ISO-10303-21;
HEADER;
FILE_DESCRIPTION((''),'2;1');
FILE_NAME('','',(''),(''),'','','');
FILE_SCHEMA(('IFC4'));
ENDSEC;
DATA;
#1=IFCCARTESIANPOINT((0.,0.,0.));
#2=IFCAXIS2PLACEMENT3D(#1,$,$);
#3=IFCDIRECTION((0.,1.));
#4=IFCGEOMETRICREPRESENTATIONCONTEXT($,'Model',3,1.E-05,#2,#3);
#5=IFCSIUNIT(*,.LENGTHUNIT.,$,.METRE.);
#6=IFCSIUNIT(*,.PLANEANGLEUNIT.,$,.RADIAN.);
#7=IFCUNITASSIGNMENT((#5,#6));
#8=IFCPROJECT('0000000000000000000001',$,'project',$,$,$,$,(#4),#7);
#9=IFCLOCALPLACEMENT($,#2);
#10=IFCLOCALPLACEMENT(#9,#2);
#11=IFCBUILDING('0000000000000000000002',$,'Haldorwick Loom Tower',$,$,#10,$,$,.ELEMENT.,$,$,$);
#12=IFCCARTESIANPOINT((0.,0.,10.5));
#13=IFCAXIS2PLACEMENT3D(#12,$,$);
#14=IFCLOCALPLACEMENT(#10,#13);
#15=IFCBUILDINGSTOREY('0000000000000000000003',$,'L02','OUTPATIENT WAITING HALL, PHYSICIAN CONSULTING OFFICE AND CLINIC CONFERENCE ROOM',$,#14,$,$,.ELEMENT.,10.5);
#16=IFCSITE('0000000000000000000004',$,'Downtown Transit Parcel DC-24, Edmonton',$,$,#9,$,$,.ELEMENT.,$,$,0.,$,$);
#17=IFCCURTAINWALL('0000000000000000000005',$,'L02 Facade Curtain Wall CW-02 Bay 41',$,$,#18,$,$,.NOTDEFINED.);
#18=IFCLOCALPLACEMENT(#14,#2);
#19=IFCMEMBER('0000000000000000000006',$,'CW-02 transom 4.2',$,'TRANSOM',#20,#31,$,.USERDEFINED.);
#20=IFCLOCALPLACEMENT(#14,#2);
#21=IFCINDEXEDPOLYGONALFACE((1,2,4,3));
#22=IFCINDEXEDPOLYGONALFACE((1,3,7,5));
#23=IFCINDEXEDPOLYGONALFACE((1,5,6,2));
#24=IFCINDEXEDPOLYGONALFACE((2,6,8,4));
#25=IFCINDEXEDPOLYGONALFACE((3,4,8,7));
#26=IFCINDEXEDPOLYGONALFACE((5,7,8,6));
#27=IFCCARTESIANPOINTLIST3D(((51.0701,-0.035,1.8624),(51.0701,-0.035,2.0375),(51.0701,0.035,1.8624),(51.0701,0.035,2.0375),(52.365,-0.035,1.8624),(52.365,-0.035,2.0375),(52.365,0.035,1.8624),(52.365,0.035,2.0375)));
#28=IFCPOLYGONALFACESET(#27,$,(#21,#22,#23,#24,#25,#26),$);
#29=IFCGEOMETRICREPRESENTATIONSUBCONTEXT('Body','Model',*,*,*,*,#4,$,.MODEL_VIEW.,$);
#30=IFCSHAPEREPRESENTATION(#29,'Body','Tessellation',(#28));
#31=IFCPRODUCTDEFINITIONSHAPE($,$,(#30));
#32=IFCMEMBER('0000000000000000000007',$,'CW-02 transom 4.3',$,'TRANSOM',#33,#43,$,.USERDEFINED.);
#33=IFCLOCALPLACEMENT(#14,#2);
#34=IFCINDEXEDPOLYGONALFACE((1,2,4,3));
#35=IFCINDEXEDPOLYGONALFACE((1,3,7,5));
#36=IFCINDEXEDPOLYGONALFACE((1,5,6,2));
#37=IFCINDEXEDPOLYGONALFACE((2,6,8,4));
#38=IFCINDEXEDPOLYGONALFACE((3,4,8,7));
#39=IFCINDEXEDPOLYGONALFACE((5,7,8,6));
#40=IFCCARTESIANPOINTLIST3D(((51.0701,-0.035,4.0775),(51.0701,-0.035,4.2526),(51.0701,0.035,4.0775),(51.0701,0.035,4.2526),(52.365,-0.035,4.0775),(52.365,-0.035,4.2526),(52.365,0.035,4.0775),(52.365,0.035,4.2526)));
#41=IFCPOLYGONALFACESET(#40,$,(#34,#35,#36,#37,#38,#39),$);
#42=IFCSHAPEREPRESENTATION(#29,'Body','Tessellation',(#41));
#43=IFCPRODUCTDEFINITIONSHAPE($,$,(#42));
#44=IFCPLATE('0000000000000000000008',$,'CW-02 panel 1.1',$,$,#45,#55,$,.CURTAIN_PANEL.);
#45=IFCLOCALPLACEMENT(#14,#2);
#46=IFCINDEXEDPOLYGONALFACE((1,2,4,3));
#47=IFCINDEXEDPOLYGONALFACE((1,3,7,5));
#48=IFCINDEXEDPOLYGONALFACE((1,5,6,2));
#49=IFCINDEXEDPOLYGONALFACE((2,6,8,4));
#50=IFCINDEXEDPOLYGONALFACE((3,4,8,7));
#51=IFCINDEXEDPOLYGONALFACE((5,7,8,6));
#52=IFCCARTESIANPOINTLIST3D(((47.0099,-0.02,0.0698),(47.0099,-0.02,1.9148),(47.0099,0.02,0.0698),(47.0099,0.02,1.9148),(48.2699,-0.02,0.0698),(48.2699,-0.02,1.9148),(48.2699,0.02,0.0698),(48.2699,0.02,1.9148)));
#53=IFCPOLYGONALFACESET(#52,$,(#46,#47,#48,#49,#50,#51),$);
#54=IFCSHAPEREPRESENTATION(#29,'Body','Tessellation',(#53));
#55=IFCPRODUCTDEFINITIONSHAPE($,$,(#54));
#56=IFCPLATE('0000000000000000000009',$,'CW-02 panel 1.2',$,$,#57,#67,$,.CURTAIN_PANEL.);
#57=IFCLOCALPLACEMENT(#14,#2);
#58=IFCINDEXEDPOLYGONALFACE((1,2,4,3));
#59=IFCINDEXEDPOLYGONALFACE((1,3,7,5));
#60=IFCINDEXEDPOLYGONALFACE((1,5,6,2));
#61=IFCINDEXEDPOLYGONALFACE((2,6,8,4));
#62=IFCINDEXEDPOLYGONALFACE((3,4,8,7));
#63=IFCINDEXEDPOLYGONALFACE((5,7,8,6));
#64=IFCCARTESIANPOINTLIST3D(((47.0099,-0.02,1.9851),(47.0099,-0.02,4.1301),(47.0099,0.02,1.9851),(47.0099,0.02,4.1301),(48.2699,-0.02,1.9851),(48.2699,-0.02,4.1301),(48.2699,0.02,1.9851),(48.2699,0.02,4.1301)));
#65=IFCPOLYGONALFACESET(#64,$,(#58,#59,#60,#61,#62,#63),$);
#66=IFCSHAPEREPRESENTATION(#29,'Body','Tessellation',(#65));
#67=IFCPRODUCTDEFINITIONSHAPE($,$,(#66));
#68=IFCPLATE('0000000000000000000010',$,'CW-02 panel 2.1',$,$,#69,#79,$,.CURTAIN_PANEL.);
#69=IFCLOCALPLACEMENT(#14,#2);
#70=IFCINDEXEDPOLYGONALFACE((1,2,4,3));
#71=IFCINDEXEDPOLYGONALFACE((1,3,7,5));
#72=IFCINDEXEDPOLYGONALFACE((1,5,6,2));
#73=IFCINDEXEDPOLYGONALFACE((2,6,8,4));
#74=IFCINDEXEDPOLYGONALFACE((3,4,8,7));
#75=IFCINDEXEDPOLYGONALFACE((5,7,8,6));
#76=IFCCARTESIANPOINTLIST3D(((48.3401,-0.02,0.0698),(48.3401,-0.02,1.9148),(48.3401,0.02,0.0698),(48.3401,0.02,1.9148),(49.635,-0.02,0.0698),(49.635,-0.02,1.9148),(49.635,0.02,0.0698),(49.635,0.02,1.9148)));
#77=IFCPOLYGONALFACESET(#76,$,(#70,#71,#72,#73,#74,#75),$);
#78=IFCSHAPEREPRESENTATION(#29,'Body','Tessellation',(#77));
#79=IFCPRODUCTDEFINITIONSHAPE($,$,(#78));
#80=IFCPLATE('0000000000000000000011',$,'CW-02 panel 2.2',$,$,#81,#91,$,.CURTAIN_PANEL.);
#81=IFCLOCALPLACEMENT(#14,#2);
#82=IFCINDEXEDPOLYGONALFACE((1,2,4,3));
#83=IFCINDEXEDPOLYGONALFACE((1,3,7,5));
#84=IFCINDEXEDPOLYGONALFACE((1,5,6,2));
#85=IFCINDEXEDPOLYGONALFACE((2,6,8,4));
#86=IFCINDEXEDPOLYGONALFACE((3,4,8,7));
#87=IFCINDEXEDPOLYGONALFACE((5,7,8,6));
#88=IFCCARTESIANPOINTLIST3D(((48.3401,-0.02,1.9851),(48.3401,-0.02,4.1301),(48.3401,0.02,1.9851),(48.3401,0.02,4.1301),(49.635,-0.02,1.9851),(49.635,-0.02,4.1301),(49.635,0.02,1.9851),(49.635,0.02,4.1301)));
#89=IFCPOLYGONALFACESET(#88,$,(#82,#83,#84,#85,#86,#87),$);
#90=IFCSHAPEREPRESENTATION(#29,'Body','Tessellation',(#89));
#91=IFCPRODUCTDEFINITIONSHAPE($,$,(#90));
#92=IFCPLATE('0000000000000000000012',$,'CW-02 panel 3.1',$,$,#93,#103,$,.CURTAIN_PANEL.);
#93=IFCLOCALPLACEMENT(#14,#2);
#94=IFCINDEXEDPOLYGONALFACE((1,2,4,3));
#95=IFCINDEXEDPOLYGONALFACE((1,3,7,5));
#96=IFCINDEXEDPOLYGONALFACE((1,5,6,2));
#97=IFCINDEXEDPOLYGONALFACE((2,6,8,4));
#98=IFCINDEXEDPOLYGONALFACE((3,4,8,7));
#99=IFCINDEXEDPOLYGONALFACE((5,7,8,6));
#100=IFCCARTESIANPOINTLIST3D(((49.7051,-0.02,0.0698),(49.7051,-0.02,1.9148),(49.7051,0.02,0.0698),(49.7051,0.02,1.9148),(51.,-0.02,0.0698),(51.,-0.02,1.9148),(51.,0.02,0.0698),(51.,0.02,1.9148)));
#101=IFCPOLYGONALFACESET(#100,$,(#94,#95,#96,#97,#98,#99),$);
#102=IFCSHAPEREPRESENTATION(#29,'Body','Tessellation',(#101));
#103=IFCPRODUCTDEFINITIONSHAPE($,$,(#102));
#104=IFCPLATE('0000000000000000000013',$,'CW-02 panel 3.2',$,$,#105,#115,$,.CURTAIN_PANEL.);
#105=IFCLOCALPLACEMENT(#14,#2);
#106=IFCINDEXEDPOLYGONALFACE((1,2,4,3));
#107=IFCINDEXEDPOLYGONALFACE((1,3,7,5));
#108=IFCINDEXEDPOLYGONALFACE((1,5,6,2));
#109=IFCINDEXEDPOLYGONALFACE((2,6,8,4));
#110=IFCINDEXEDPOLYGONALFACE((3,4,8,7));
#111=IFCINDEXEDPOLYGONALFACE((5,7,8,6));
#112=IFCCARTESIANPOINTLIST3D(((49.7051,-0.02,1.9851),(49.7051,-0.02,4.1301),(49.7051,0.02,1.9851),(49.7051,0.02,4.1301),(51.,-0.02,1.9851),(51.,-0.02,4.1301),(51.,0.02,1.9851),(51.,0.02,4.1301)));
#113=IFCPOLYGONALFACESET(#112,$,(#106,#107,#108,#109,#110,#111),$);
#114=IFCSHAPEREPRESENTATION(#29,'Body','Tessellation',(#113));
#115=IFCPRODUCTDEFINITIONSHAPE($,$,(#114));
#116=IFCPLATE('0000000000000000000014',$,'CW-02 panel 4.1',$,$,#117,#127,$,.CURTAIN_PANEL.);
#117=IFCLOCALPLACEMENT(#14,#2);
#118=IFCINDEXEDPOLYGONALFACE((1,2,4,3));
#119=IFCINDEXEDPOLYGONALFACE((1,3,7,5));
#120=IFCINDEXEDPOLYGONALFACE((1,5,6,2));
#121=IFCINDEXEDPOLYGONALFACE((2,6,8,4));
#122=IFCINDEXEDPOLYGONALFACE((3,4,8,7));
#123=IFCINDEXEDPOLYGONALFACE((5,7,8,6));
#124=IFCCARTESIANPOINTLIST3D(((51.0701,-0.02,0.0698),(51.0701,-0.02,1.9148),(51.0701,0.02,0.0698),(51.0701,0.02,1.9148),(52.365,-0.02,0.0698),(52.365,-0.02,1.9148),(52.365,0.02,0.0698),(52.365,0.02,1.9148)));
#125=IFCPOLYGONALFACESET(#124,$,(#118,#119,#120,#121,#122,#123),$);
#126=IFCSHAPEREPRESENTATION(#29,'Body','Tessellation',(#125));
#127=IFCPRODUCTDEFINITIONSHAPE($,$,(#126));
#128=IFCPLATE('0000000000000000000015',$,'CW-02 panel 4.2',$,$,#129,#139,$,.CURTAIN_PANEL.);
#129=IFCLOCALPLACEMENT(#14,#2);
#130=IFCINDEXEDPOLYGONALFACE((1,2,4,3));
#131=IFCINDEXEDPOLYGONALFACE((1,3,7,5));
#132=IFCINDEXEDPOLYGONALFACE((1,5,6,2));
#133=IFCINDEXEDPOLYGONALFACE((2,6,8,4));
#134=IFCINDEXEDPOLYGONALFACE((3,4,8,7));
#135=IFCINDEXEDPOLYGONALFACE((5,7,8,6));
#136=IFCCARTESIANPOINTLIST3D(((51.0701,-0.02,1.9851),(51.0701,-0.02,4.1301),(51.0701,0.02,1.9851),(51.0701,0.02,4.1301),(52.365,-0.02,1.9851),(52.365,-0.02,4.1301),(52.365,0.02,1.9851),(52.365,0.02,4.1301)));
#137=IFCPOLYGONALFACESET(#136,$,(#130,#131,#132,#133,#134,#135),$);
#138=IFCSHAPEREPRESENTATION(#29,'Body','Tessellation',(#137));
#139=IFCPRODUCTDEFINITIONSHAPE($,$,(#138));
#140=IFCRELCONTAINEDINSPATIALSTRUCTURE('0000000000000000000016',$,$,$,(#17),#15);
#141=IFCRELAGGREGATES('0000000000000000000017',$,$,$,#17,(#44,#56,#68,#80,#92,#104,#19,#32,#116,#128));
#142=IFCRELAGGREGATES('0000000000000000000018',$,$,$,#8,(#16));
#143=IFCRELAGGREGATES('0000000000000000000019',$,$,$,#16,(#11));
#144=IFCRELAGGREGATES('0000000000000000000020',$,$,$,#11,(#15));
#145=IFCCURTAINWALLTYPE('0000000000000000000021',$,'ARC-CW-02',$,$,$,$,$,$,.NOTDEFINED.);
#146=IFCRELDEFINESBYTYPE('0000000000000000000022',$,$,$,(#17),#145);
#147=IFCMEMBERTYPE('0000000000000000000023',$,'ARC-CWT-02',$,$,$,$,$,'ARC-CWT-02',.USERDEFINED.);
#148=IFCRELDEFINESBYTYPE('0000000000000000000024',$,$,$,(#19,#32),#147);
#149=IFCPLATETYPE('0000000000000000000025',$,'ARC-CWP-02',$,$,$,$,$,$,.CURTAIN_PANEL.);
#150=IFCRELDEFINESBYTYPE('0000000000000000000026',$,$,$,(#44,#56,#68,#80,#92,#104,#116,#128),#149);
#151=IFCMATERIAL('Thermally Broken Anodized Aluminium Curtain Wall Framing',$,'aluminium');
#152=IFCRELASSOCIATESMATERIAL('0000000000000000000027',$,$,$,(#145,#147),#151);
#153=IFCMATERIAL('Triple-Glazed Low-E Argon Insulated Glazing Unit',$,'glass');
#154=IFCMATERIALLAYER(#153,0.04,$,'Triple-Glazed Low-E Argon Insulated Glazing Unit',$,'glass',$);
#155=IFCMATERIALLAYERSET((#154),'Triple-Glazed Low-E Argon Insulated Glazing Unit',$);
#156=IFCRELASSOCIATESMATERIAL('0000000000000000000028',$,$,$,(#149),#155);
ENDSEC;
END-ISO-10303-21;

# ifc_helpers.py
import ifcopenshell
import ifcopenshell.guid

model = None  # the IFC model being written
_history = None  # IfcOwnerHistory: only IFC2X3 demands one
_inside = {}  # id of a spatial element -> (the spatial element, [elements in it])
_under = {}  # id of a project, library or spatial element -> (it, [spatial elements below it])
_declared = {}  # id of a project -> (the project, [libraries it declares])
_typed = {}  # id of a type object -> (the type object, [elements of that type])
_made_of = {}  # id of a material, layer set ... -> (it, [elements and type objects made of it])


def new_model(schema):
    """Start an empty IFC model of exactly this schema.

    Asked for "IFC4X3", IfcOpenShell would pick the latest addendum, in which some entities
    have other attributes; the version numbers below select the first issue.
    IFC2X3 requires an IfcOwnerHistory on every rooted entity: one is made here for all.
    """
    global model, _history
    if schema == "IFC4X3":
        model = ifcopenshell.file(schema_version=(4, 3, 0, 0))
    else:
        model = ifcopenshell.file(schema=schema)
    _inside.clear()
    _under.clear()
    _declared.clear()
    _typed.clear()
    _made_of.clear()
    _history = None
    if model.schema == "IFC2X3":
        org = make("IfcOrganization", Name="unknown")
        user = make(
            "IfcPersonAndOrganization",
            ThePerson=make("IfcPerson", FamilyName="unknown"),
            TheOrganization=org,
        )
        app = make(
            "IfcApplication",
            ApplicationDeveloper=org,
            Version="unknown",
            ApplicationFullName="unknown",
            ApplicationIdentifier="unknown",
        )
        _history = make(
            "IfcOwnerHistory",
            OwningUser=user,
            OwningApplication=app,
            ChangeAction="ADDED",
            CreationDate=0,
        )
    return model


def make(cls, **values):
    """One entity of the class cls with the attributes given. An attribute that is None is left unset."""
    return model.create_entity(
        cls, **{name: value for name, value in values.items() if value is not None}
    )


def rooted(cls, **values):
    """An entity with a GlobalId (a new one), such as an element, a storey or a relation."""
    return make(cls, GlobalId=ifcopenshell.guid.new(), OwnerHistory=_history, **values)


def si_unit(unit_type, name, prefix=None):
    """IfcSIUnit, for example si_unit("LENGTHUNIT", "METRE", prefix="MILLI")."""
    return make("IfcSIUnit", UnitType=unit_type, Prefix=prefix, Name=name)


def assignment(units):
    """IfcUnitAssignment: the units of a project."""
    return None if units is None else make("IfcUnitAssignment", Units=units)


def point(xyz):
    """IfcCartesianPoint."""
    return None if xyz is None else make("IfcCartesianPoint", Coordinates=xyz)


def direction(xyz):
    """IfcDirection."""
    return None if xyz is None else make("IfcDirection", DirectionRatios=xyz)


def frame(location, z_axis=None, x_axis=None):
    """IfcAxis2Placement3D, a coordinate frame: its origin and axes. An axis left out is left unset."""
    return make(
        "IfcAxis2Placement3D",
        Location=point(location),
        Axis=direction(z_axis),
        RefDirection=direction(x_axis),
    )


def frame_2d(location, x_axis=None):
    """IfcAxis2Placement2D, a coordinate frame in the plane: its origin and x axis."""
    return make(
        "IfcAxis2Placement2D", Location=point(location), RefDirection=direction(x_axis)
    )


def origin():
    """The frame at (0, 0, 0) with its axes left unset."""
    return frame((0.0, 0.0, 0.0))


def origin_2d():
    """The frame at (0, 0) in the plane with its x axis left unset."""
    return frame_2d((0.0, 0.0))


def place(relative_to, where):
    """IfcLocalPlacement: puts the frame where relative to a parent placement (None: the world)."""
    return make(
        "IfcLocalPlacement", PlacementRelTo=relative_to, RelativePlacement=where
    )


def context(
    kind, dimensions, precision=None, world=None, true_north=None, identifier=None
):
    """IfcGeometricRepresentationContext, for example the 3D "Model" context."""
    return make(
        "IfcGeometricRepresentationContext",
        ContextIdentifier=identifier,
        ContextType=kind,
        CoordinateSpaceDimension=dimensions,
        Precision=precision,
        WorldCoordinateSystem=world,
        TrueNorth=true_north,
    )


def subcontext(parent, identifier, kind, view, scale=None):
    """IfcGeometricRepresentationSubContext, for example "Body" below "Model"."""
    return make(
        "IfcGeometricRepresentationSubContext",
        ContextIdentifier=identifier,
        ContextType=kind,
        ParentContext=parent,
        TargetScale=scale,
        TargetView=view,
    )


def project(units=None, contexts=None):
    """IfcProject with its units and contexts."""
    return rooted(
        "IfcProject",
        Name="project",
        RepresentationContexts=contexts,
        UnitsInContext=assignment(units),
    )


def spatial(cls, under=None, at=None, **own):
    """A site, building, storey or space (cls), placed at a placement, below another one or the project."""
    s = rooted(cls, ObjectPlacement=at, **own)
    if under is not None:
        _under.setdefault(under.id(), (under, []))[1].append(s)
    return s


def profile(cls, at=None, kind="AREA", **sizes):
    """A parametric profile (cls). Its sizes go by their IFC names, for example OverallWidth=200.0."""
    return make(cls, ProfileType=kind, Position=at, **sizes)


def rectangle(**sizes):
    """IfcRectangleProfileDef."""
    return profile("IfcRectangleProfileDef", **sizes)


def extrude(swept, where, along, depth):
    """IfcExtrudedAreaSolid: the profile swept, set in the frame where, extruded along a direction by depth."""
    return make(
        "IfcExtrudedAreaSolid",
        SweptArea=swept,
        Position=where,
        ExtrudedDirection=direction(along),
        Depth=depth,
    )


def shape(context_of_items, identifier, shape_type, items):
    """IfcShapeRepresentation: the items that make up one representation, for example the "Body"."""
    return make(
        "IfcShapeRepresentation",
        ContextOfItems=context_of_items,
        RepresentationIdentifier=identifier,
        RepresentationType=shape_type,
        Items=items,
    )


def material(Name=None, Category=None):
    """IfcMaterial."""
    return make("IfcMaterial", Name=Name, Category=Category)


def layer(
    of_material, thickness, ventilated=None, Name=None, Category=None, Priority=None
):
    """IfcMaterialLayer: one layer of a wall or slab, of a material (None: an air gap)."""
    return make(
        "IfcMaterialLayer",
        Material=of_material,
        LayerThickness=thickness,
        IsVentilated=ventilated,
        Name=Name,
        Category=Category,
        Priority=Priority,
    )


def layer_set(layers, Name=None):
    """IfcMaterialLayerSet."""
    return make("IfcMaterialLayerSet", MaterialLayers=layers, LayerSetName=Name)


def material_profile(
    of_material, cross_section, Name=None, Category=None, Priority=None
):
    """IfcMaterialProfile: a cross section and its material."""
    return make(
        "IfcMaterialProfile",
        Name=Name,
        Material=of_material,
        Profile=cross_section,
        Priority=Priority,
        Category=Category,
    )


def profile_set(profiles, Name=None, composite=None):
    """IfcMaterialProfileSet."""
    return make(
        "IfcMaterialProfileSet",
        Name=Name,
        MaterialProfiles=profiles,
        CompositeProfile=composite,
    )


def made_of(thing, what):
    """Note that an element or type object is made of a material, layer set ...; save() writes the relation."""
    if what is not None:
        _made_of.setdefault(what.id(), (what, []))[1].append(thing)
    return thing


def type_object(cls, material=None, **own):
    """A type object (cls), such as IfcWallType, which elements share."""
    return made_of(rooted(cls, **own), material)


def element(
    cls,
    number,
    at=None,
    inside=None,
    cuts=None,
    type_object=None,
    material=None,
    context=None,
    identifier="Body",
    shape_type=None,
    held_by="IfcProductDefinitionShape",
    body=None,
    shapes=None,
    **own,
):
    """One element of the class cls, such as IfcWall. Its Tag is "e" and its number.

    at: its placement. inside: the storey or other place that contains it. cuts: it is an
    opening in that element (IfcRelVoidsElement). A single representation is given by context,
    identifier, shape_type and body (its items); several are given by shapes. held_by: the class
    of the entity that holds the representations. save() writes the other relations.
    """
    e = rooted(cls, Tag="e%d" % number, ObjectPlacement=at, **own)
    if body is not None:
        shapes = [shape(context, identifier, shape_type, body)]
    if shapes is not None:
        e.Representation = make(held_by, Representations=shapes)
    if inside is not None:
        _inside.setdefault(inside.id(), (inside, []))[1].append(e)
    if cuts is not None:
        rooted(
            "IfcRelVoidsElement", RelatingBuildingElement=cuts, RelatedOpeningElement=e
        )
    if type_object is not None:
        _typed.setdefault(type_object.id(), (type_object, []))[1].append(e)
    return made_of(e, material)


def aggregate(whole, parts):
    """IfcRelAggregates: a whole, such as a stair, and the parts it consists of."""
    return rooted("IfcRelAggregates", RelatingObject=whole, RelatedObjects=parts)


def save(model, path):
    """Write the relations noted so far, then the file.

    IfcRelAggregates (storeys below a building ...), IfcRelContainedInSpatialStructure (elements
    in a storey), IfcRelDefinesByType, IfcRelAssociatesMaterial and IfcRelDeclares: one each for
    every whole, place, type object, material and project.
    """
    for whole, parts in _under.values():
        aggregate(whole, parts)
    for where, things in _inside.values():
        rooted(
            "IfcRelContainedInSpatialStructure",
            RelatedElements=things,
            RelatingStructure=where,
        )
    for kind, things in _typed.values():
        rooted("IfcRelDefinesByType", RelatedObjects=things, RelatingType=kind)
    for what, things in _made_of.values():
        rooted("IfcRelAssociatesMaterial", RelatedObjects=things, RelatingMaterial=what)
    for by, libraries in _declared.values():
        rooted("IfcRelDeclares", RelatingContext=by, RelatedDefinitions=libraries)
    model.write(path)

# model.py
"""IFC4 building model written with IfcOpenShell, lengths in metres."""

from ifc_helpers import new_model, si_unit, direction, frame, origin, origin_2d, place, context, subcontext, project, spatial, rectangle, extrude, material, layer, layer_set, material_profile, profile_set, type_object, element, aggregate, save


model = new_model("IFC4")

# Units and contexts
model_context = context("Model", 3, precision=1e-05, world=origin(), true_north=direction((0.0, 1.0)))
body_context = subcontext(model_context, "Body", "Model", "MODEL_VIEW")
ifc_project = project(units=[si_unit("LENGTHUNIT", "METRE"), si_unit("PLANEANGLEUNIT", "RADIAN")], contexts=[model_context])

# Site, building, storey
site_placement = place(None, origin())
site = spatial("IfcSite", under=ifc_project, at=site_placement, Name="Downtown Transit Parcel DC-24, Edmonton", CompositionType="ELEMENT", RefElevation=0.0)
building_placement = place(site_placement, origin())
building = spatial("IfcBuilding", under=site, at=building_placement, Name="Haldorwick Loom Tower", CompositionType="ELEMENT")
storey_placement = place(building_placement, frame((0.0, 0.0, 10.5)))
storey = spatial("IfcBuildingStorey", under=building, at=storey_placement, Name="L02", Description="OUTPATIENT WAITING HALL, PHYSICIAN CONSULTING OFFICE AND CLINIC CONFERENCE ROOM", CompositionType="ELEMENT", Elevation=10.5)

# Curtain wall, members, plates
ifc_material_1 = material(Name="Thermally Broken Anodized Aluminium Curtain Wall Framing", Category="aluminium")
curtain_wall_type = type_object("IfcCurtainWallType", Name="ARC-CW-02", PredefinedType="NOTDEFINED", material=ifc_material_1)
curtain_wall_placement = place(storey_placement, origin())
curtain_wall = element("IfcCurtainWall", 1, at=curtain_wall_placement, inside=storey, type_object=curtain_wall_type, Name="L02 Facade Curtain Wall CW-02 Bay 41", PredefinedType="NOTDEFINED")
ifc_material_profile_1 = material_profile(ifc_material_1, rectangle(XDim=0.0701, YDim=0.175, at=origin_2d()), Name="ALU_TRN_70X175", Category="aluminium")
ifc_profile_set_1 = profile_set([ifc_material_profile_1], Name="Thermally Broken Anodized Aluminium Curtain Wall Framing")
member_type_1 = type_object("IfcMemberType", Name="ARC-CWT-02", ElementType="ARC-CWT-02", PredefinedType="USERDEFINED", material=ifc_profile_set_1)
member_1_placement = place(storey_placement, frame((51.0701, 0.0, 1.95), z_axis=(1.0, 0.0, 0.0), x_axis=(0.0, 1.0, 0.0)))
member_1 = element("IfcMember", 2, at=member_1_placement, type_object=member_type_1, Name="CW-02 transom 4.2", ObjectType="TRANSOM", PredefinedType="USERDEFINED", context=body_context, shape_type="SweptSolid", body=[
    extrude(rectangle(XDim=0.0701, YDim=0.175, at=origin_2d()), origin(), (0.0, 0.0, 1.0), 1.2949),
])
member_2_placement = place(storey_placement, frame((51.0701, 0.0, 4.165), z_axis=(1.0, 0.0, 0.0), x_axis=(0.0, 1.0, 0.0)))
member_2 = element("IfcMember", 3, at=member_2_placement, type_object=member_type_1, Name="CW-02 transom 4.3", ObjectType="TRANSOM", PredefinedType="USERDEFINED", context=body_context, shape_type="SweptSolid", body=[
    extrude(rectangle(XDim=0.0701, YDim=0.175, at=origin_2d()), origin(), (0.0, 0.0, 1.0), 1.2949),
])
ifc_material_2 = material(Name="Triple-Glazed Low-E Argon Insulated Glazing Unit", Category="glass")
ifc_layer = layer(ifc_material_2, 0.04, Name="Triple-Glazed Low-E Argon Insulated Glazing Unit", Category="glass")
ifc_layer_set = layer_set([ifc_layer], Name="Triple-Glazed Low-E Argon Insulated Glazing Unit")
plate_type = type_object("IfcPlateType", Name="ARC-CWP-02", PredefinedType="CURTAIN_PANEL", material=ifc_layer_set)
plate_1_placement = place(storey_placement, frame((47.6399, 0.0, 0.0698), z_axis=(0.0, 0.0, 1.0), x_axis=(1.0, 0.0, 0.0)))
plate_1 = element("IfcPlate", 4, at=plate_1_placement, type_object=plate_type, Name="CW-02 panel 1.1", PredefinedType="CURTAIN_PANEL", context=body_context, shape_type="SweptSolid", body=[
    extrude(rectangle(XDim=1.26, YDim=0.04, at=origin_2d()), origin(), (0.0, 0.0, 1.0), 1.845),
])
plate_2_placement = place(storey_placement, frame((47.6399, 0.0, 1.9851), z_axis=(0.0, 0.0, 1.0), x_axis=(1.0, 0.0, 0.0)))
plate_2 = element("IfcPlate", 5, at=plate_2_placement, type_object=plate_type, Name="CW-02 panel 1.2", PredefinedType="CURTAIN_PANEL", context=body_context, shape_type="SweptSolid", body=[
    extrude(rectangle(XDim=1.26, YDim=0.04, at=origin_2d()), origin(), (0.0, 0.0, 1.0), 2.145),
])
plate_3_placement = place(storey_placement, frame((48.9875, 0.0, 0.0698), z_axis=(0.0, 0.0, 1.0), x_axis=(1.0, 0.0, 0.0)))
plate_3 = element("IfcPlate", 6, at=plate_3_placement, type_object=plate_type, Name="CW-02 panel 2.1", PredefinedType="CURTAIN_PANEL", context=body_context, shape_type="SweptSolid", body=[
    extrude(rectangle(XDim=1.2949, YDim=0.04, at=origin_2d()), origin(), (0.0, 0.0, 1.0), 1.845),
])
plate_4_placement = place(storey_placement, frame((48.9875, 0.0, 1.9851), z_axis=(0.0, 0.0, 1.0), x_axis=(1.0, 0.0, 0.0)))
plate_4 = element("IfcPlate", 7, at=plate_4_placement, type_object=plate_type, Name="CW-02 panel 2.2", PredefinedType="CURTAIN_PANEL", context=body_context, shape_type="SweptSolid", body=[
    extrude(rectangle(XDim=1.2949, YDim=0.04, at=origin_2d()), origin(), (0.0, 0.0, 1.0), 2.145),
])
plate_5_placement = place(storey_placement, frame((50.3525, 0.0, 0.0698), z_axis=(0.0, 0.0, 1.0), x_axis=(1.0, 0.0, 0.0)))
plate_5 = element("IfcPlate", 8, at=plate_5_placement, type_object=plate_type, Name="CW-02 panel 3.1", PredefinedType="CURTAIN_PANEL", context=body_context, shape_type="SweptSolid", body=[
    extrude(rectangle(XDim=1.2949, YDim=0.04, at=origin_2d()), origin(), (0.0, 0.0, 1.0), 1.845),
])
plate_6_placement = place(storey_placement, frame((50.3525, 0.0, 1.9851), z_axis=(0.0, 0.0, 1.0), x_axis=(1.0, 0.0, 0.0)))
plate_6 = element("IfcPlate", 9, at=plate_6_placement, type_object=plate_type, Name="CW-02 panel 3.2", PredefinedType="CURTAIN_PANEL", context=body_context, shape_type="SweptSolid", body=[
    extrude(rectangle(XDim=1.2949, YDim=0.04, at=origin_2d()), origin(), (0.0, 0.0, 1.0), 2.145),
])
plate_7_placement = place(storey_placement, frame((51.7175, 0.0, 0.0698), z_axis=(0.0, 0.0, 1.0), x_axis=(1.0, 0.0, 0.0)))
plate_7 = element("IfcPlate", 10, at=plate_7_placement, type_object=plate_type, Name="CW-02 panel 4.1", PredefinedType="CURTAIN_PANEL", context=body_context, shape_type="SweptSolid", body=[
    extrude(rectangle(XDim=1.2949, YDim=0.04, at=origin_2d()), origin(), (0.0, 0.0, 1.0), 1.845),
])
plate_8_placement = place(storey_placement, frame((51.7175, 0.0, 1.9851), z_axis=(0.0, 0.0, 1.0), x_axis=(1.0, 0.0, 0.0)))
plate_8 = element("IfcPlate", 11, at=plate_8_placement, type_object=plate_type, Name="CW-02 panel 4.2", PredefinedType="CURTAIN_PANEL", context=body_context, shape_type="SweptSolid", body=[
    extrude(rectangle(XDim=1.2949, YDim=0.04, at=origin_2d()), origin(), (0.0, 0.0, 1.0), 2.145),
])
aggregate(curtain_wall, [plate_1, plate_2, plate_3, plate_4, plate_5, plate_6, member_1, member_2, plate_7, plate_8])

save(model, "model.ifc")
